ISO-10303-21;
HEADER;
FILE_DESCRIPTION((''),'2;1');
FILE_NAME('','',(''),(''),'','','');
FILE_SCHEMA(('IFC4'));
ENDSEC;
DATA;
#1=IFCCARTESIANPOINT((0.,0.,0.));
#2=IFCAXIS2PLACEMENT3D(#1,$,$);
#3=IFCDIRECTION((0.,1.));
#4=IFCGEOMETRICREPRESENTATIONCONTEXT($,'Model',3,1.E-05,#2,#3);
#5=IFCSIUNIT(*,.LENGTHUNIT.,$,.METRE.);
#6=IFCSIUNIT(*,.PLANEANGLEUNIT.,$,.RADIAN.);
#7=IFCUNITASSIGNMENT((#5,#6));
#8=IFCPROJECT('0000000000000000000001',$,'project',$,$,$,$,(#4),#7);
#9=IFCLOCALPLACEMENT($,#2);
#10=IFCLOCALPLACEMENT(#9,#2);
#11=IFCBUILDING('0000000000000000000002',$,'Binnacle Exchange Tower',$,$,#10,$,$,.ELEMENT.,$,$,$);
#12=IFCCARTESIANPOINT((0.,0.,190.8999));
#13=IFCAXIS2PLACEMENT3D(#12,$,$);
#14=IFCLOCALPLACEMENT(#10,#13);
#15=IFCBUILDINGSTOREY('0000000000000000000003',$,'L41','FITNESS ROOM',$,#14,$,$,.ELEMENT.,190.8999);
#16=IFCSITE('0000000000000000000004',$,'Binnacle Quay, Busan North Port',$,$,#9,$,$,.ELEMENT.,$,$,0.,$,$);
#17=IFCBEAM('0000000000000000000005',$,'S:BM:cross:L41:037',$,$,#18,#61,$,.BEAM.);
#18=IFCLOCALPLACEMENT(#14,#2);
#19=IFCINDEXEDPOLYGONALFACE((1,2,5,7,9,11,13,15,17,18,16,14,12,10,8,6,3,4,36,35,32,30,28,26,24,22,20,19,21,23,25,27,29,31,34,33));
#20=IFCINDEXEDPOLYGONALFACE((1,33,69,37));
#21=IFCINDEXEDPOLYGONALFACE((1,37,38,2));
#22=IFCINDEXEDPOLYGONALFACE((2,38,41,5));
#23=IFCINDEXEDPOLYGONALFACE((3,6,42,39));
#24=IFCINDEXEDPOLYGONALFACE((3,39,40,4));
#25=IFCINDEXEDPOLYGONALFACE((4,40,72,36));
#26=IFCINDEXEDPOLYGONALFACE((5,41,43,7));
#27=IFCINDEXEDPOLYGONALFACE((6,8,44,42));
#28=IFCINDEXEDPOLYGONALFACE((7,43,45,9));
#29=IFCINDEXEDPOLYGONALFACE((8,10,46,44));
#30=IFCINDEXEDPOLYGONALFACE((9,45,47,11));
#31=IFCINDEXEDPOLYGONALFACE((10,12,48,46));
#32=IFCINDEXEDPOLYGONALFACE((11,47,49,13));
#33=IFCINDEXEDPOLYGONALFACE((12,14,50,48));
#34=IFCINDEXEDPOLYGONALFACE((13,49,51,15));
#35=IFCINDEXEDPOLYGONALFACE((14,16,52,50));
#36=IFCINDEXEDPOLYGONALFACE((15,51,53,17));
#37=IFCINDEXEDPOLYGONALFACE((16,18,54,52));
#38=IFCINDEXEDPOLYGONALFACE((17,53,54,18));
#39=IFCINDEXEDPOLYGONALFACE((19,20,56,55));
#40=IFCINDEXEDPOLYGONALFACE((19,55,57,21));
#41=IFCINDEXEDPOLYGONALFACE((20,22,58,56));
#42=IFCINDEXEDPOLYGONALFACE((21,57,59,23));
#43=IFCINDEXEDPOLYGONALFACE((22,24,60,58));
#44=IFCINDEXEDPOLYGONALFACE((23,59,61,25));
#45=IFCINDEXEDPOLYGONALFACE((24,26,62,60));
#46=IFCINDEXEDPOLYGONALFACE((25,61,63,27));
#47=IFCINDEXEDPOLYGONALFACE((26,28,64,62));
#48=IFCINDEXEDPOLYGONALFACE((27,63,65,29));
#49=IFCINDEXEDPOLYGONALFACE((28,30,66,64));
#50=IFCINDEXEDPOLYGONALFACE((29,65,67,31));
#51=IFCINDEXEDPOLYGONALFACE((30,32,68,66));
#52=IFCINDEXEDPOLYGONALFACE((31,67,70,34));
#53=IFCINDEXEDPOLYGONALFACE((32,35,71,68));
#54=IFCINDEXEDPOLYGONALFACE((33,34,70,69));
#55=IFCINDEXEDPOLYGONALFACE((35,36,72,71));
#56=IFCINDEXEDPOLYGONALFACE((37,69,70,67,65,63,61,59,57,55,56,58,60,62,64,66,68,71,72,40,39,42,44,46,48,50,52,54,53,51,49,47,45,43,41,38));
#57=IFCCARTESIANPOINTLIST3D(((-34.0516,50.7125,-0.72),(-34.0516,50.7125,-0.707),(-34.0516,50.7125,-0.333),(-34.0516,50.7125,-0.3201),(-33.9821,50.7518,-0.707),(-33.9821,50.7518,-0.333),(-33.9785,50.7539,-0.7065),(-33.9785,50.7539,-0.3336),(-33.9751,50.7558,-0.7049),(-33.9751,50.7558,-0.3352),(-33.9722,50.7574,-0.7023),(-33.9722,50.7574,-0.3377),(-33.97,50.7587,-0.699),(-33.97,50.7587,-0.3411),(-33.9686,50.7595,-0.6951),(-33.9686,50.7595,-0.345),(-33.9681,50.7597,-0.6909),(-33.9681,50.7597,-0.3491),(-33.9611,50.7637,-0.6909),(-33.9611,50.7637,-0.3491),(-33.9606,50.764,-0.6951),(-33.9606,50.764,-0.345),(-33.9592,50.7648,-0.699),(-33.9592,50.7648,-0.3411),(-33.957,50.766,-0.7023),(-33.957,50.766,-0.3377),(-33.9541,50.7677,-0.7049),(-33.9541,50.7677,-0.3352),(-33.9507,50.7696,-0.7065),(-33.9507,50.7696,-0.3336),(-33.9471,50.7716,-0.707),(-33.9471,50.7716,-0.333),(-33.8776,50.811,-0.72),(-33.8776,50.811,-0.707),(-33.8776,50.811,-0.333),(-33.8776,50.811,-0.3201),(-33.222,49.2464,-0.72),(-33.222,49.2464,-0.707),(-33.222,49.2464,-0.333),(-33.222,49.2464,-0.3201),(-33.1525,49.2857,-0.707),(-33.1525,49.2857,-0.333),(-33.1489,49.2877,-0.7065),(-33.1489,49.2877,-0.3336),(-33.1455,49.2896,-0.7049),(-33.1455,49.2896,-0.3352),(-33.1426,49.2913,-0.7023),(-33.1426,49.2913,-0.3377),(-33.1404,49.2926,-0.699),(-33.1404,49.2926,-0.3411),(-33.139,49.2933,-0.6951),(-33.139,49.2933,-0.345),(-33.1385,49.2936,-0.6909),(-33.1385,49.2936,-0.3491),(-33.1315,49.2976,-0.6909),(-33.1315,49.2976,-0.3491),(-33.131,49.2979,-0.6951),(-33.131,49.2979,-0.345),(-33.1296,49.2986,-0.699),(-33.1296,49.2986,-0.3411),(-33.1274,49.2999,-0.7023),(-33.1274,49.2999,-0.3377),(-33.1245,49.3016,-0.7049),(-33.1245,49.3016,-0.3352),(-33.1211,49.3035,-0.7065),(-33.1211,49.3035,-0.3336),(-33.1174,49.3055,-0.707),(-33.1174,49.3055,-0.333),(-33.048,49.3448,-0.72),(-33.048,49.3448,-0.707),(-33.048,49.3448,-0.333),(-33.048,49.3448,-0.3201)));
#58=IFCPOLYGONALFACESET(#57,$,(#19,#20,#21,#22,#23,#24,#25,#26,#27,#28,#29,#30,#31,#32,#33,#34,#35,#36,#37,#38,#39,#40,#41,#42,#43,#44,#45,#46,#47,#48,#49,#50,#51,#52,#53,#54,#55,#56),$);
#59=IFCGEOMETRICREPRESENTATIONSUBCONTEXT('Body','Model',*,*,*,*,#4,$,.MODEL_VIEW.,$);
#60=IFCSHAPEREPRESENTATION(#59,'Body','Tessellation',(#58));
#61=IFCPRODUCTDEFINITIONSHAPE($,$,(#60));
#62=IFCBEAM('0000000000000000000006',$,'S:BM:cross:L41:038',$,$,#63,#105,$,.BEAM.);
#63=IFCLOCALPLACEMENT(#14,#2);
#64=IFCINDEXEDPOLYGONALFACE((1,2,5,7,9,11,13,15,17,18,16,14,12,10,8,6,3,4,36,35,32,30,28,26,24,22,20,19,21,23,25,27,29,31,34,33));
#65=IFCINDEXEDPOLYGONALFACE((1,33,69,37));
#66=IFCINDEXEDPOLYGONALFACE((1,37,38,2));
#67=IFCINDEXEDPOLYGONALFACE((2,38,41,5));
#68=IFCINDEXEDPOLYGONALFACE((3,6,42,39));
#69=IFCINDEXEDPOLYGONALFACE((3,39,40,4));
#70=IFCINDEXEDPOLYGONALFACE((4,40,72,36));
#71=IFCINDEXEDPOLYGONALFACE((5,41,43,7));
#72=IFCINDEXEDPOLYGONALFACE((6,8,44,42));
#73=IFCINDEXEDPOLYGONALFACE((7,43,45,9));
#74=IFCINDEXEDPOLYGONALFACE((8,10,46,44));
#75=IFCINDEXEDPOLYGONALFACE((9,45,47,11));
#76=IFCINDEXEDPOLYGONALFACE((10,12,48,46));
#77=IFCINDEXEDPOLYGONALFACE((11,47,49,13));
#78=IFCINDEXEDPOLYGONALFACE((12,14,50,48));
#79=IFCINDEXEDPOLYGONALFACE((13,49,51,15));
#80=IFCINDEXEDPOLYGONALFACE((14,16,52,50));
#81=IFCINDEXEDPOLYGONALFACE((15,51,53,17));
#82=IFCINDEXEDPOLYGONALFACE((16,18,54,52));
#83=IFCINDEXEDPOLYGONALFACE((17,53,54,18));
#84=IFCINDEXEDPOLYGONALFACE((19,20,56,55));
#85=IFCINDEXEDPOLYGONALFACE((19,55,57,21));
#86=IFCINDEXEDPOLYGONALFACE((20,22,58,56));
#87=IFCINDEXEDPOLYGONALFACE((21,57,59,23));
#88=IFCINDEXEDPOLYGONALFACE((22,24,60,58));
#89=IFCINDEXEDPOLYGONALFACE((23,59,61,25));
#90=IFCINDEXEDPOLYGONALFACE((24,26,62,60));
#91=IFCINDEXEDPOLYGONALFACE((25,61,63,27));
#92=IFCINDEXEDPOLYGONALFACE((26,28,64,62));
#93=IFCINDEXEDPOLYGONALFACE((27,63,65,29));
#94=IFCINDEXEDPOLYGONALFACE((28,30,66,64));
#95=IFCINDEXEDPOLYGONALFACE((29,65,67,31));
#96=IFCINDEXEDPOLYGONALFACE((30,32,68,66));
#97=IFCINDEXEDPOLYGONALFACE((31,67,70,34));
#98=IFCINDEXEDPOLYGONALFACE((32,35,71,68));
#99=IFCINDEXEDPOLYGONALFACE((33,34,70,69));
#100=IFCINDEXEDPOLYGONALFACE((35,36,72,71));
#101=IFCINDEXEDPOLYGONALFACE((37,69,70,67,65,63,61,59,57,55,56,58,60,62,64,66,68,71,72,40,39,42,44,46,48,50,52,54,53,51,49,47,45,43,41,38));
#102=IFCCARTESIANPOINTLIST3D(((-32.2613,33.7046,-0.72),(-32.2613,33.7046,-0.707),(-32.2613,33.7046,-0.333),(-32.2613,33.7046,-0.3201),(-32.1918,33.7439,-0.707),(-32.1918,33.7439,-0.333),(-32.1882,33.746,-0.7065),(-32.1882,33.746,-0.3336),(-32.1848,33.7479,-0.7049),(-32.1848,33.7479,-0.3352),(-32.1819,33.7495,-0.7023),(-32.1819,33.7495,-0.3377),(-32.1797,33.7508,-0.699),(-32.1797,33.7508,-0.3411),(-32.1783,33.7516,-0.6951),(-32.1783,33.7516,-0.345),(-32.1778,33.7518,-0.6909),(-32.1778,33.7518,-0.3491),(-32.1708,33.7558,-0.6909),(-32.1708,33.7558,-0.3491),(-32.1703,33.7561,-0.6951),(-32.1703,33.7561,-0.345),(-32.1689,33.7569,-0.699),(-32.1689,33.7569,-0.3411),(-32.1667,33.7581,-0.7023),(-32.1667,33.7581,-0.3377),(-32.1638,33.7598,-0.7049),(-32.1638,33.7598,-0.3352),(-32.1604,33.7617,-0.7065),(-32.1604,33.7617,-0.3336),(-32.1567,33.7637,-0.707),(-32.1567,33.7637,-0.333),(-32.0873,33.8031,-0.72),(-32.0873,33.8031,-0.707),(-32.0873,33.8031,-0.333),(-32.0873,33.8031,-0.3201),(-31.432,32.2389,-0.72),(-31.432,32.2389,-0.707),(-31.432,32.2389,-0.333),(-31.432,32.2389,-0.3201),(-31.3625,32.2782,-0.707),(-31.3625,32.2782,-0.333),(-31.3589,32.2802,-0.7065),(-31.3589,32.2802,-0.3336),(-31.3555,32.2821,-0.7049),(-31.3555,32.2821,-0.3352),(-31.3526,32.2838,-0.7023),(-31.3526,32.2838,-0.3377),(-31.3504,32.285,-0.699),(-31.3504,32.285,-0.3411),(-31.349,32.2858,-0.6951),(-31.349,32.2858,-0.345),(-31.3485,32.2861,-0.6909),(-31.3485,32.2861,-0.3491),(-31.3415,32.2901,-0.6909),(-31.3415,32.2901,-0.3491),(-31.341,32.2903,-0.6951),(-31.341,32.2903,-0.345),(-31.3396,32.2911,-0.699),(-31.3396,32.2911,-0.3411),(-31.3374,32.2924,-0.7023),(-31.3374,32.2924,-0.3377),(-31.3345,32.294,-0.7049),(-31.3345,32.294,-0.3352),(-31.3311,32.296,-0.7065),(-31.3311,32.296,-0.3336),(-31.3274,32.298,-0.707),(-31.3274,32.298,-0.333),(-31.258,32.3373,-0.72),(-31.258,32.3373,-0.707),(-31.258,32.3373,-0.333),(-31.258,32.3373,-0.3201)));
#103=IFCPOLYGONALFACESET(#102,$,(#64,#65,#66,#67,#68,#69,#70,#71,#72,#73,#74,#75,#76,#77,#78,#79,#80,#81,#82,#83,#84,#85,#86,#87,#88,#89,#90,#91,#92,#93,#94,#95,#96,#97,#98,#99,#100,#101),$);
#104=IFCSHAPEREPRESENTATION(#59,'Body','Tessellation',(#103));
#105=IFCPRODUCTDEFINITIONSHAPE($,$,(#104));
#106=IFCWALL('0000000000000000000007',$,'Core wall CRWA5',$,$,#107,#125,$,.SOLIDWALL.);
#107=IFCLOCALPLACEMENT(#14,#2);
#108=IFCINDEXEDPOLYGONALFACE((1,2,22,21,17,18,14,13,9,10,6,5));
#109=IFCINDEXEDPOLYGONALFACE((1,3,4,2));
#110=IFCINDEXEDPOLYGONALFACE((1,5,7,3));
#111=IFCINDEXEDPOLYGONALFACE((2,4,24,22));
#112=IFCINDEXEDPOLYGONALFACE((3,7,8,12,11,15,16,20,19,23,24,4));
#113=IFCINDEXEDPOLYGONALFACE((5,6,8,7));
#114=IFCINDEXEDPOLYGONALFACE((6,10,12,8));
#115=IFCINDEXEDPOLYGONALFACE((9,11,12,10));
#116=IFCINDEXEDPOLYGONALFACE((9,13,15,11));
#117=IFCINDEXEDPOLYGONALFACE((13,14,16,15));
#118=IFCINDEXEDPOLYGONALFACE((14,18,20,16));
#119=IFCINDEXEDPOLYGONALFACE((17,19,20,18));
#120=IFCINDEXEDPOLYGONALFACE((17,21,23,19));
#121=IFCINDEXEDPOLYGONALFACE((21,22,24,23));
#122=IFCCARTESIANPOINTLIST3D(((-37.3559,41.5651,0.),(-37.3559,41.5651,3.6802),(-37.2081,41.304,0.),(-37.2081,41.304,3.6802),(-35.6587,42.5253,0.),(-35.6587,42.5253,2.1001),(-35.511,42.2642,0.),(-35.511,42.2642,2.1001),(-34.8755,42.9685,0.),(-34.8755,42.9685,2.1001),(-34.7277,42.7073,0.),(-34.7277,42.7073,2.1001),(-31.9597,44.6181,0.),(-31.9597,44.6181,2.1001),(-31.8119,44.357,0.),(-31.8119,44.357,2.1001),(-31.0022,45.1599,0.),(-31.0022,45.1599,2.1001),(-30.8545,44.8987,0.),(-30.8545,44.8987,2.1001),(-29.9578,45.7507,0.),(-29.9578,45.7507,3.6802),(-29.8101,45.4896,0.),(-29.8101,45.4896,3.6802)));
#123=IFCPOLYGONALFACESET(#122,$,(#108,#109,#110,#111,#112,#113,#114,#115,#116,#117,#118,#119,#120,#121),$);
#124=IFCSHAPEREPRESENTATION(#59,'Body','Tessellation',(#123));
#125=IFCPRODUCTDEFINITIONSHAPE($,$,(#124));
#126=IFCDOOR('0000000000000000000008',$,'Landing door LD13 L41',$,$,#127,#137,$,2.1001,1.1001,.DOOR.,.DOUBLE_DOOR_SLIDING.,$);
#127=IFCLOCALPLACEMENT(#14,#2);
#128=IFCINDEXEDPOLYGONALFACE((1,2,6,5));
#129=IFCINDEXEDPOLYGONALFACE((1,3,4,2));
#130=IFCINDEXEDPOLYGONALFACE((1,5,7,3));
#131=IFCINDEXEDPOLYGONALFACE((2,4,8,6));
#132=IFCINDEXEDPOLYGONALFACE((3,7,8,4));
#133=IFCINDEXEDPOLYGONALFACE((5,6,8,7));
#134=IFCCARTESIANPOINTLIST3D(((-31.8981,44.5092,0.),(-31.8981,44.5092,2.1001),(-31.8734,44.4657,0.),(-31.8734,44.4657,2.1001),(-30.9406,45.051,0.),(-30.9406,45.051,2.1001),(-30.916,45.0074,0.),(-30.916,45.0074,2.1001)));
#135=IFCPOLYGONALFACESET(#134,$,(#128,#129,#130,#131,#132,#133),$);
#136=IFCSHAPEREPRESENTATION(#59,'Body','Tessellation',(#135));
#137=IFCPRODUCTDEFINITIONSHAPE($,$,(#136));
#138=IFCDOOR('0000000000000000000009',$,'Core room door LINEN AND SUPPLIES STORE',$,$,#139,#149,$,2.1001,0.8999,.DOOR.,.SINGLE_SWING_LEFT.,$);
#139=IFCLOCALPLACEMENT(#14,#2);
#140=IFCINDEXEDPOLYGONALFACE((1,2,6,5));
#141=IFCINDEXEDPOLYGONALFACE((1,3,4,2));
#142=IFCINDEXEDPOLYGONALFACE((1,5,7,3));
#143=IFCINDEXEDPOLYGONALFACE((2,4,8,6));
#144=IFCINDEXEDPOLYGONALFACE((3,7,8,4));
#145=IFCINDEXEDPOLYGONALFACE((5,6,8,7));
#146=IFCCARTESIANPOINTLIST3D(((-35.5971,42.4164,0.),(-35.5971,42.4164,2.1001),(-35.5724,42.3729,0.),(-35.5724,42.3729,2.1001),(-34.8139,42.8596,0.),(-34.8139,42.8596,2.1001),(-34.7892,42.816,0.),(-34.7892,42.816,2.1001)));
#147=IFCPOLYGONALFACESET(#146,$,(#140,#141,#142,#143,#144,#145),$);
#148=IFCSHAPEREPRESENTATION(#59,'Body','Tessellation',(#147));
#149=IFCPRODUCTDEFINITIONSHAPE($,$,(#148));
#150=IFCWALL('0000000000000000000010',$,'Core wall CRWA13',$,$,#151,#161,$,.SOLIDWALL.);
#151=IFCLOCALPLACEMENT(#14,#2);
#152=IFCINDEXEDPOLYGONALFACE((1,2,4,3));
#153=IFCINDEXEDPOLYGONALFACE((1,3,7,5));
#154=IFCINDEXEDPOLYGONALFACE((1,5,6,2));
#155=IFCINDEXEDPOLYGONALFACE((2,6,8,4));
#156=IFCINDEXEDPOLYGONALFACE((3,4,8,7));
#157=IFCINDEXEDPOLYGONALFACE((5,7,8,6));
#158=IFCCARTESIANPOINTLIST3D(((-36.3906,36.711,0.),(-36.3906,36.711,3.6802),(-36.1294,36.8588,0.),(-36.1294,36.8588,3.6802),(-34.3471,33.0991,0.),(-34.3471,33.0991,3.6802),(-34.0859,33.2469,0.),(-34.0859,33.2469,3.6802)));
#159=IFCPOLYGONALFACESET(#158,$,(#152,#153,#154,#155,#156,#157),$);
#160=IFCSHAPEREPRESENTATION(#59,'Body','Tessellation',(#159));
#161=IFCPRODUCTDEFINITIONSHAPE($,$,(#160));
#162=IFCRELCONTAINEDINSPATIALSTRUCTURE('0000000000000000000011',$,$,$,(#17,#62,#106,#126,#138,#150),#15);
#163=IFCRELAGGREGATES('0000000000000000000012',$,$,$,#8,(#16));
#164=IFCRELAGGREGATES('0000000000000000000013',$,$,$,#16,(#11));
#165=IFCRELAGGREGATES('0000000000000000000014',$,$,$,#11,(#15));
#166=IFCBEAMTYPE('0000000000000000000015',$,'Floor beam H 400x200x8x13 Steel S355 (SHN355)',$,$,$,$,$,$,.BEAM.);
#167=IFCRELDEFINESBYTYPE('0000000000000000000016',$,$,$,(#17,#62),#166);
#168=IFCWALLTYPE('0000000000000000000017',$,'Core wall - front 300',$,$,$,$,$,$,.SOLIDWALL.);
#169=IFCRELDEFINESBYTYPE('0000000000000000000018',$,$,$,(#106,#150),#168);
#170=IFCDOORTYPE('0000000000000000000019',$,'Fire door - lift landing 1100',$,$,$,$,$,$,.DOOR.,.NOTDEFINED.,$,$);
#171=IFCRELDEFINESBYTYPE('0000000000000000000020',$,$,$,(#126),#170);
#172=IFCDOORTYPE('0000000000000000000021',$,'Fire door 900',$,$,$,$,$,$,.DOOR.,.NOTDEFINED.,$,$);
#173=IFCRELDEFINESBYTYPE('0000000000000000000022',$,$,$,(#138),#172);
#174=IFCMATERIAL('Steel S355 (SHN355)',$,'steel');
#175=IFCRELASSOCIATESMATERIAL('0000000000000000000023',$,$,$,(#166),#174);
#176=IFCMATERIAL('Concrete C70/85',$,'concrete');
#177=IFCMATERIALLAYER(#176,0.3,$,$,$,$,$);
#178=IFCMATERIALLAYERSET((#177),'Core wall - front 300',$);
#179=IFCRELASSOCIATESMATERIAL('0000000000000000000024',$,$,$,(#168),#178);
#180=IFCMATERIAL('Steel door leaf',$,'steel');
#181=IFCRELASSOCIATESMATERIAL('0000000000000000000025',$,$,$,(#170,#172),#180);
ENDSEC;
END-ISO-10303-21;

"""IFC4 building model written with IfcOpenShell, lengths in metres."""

from ifc_helpers import new_model, si_unit, direction, frame, frame_2d, origin, origin_2d, place, context, subcontext, project, spatial, rectangle, i_section, extrude, material, layer, layer_set, material_profile, profile_set, type_object, element, fill, save


model = new_model("IFC4")

# Units and contexts
model_context = context("Model", 3, precision=1e-05, world=origin(), true_north=direction((0.0, 1.0)))
body_context = subcontext(model_context, "Body", "Model", "MODEL_VIEW")
ifc_project = project(units=[si_unit("LENGTHUNIT", "METRE"), si_unit("PLANEANGLEUNIT", "RADIAN")], contexts=[model_context])

# Site, building, storey
site_placement = place(None, origin())
site = spatial("IfcSite", under=ifc_project, at=site_placement, Name="Binnacle Quay, Busan North Port", CompositionType="ELEMENT", RefElevation=0.0)
building_placement = place(site_placement, origin())
building = spatial("IfcBuilding", under=site, at=building_placement, Name="Binnacle Exchange Tower", CompositionType="ELEMENT")
storey_placement = place(building_placement, frame((0.0, 0.0, 190.8999)))
storey = spatial("IfcBuildingStorey", under=building, at=storey_placement, Name="L41", Description="FITNESS ROOM", CompositionType="ELEMENT", Elevation=190.8999)

# Shared definitions
ifc_material_1 = material(Name="Concrete C70/85", Category="concrete")

# Beams
ifc_material_2 = material(Name="Steel S355 (SHN355)", Category="steel")
ifc_material_profile_1 = material_profile(ifc_material_2, i_section(OverallWidth=0.2, OverallDepth=0.3999, WebThickness=0.0081, FlangeThickness=0.0129, FilletRadius=0.0161, at=origin_2d()), Name="H 400x200x8x13")
ifc_profile_set_1 = profile_set([ifc_material_profile_1], Name="Steel S355 (SHN355)")
beam_type_1 = type_object("IfcBeamType", Name="Floor beam H 400x200x8x13 Steel S355 (SHN355)", PredefinedType="BEAM", material=ifc_profile_set_1)
beam_1_placement = place(storey_placement, frame((-33.9646, 50.7617, -0.52), z_axis=(0.492482, -0.870322, 0.0), x_axis=(0.870322, 0.492482, 0.0)))
element("IfcBeam", 1, at=beam_1_placement, inside=storey, type_object=beam_type_1, Name="S:BM:cross:L41:037", PredefinedType="BEAM", context=body_context, shape_type="SweptSolid", body=[
    extrude(i_section(OverallWidth=0.2, OverallDepth=0.3999, WebThickness=0.0081, FlangeThickness=0.0129, FilletRadius=0.0161, at=origin_2d()), origin(), (0.0, 0.0, 1.0), 1.6846),
])
beam_2_placement = place(storey_placement, frame((-31.345, 32.2881, -0.52), z_axis=(-0.492435, 0.870349, 0.0), x_axis=(-0.870349, -0.492435, 0.0)))
element("IfcBeam", 2, at=beam_2_placement, inside=storey, type_object=beam_type_1, Name="S:BM:cross:L41:038", PredefinedType="BEAM", context=body_context, shape_type="SweptSolid", body=[
    extrude(i_section(OverallWidth=0.2, OverallDepth=0.3999, WebThickness=0.0081, FlangeThickness=0.0129, FilletRadius=0.0161, at=origin_2d()), origin(), (0.0, 0.0, 1.0), 1.6841),
])

# Wall, openings, doors
ifc_layer_1 = layer(ifc_material_1, 0.3)
ifc_layer_set_1 = layer_set([ifc_layer_1], Name="Core wall - front 300")
wall_type_1 = type_object("IfcWallType", Name="Core wall - front 300", PredefinedType="SOLIDWALL", material=ifc_layer_set_1)
wall_1_placement = place(storey_placement, frame((-37.282, 41.4346, 0.0), z_axis=(0.0, 0.0, 1.0), x_axis=(0.870356, 0.492423, 0.0)))
wall_1 = element("IfcWall", 3, at=wall_1_placement, inside=storey, type_object=wall_type_1, Name="Core wall CRWA5", PredefinedType="SOLIDWALL", context=body_context, shape_type="SweptSolid", body=[
    extrude(rectangle(XDim=8.5, YDim=0.3, at=frame_2d((4.25, 0.0))), origin(), (0.0, 0.0, 1.0), 3.6802),
])
opening_1_placement = place(wall_1_placement, frame((6.2, 0.0, 0.0)))
opening_1 = element("IfcOpeningElement", 4, at=opening_1_placement, cuts=wall_1, PredefinedType="OPENING", context=body_context, shape_type="SweptSolid", body=[
    extrude(rectangle(XDim=1.1001, YDim=2.1001, at=frame_2d((0.55, 1.05))), frame((0.0, 0.1599, 0.0), z_axis=(0.0, -1.0, 0.0), x_axis=(1.0, 0.0, 0.0)), (0.0, 0.0, 1.0), 0.3201),
])
opening_2_placement = place(wall_1_placement, frame((1.95, 0.0, 0.0)))
opening_2 = element("IfcOpeningElement", 5, at=opening_2_placement, cuts=wall_1, PredefinedType="OPENING", context=body_context, shape_type="SweptSolid", body=[
    extrude(rectangle(XDim=0.8999, YDim=2.1001, at=frame_2d((0.45, 1.05))), frame((0.0, 0.1599, 0.0), z_axis=(0.0, -1.0, 0.0), x_axis=(1.0, 0.0, 0.0)), (0.0, 0.0, 1.0), 0.3201),
])
ifc_material_3 = material(Name="Steel door leaf", Category="steel")
door_type_1 = type_object("IfcDoorType", Name="Fire door - lift landing 1100", OperationType="NOTDEFINED", PredefinedType="DOOR", material=ifc_material_3)
door_1_placement = place(opening_1_placement, origin())
door_1 = element("IfcDoor", 6, at=door_1_placement, inside=storey, type_object=door_type_1, Name="Landing door LD13 L41", OperationType="DOUBLE_DOOR_SLIDING", OverallHeight=2.1001, OverallWidth=1.1001, PredefinedType="DOOR", context=body_context, shape_type="SweptSolid", body=[
    extrude(rectangle(XDim=1.1001, YDim=2.1001, at=frame_2d((0.55, 1.05))), frame((0.0, 0.0249, 0.0), z_axis=(0.0, -1.0, 0.0), x_axis=(1.0, 0.0, 0.0)), (0.0, 0.0, 1.0), 0.05),
])
fill(opening_1, door_1)
door_type_2 = type_object("IfcDoorType", Name="Fire door 900", OperationType="NOTDEFINED", PredefinedType="DOOR", material=ifc_material_3)
door_2_placement = place(opening_2_placement, origin())
door_2 = element("IfcDoor", 7, at=door_2_placement, inside=storey, type_object=door_type_2, Name="Core room door LINEN AND SUPPLIES STORE", OperationType="SINGLE_SWING_LEFT", OverallHeight=2.1001, OverallWidth=0.8999, PredefinedType="DOOR", context=body_context, shape_type="SweptSolid", body=[
    extrude(rectangle(XDim=0.8999, YDim=2.1001, at=frame_2d((0.45, 1.05))), frame((0.0, 0.0249, 0.0), z_axis=(0.0, -1.0, 0.0), x_axis=(1.0, 0.0, 0.0)), (0.0, 0.0, 1.0), 0.05),
])
fill(opening_2, door_2)

# Wall
wall_2_placement = place(storey_placement, frame((-36.26, 36.7849, 0.0), z_axis=(0.0, 0.0, 1.0), x_axis=(0.492422, -0.870357, 0.0)))
element("IfcWall", 8, at=wall_2_placement, inside=storey, type_object=wall_type_1, Name="Core wall CRWA13", PredefinedType="SOLIDWALL", context=body_context, shape_type="SweptSolid", body=[
    extrude(rectangle(XDim=4.1499, YDim=0.3, at=frame_2d((2.075, 0.0))), origin(), (0.0, 0.0, 1.0), 3.6802),
])

save(model, "model.ifc")
